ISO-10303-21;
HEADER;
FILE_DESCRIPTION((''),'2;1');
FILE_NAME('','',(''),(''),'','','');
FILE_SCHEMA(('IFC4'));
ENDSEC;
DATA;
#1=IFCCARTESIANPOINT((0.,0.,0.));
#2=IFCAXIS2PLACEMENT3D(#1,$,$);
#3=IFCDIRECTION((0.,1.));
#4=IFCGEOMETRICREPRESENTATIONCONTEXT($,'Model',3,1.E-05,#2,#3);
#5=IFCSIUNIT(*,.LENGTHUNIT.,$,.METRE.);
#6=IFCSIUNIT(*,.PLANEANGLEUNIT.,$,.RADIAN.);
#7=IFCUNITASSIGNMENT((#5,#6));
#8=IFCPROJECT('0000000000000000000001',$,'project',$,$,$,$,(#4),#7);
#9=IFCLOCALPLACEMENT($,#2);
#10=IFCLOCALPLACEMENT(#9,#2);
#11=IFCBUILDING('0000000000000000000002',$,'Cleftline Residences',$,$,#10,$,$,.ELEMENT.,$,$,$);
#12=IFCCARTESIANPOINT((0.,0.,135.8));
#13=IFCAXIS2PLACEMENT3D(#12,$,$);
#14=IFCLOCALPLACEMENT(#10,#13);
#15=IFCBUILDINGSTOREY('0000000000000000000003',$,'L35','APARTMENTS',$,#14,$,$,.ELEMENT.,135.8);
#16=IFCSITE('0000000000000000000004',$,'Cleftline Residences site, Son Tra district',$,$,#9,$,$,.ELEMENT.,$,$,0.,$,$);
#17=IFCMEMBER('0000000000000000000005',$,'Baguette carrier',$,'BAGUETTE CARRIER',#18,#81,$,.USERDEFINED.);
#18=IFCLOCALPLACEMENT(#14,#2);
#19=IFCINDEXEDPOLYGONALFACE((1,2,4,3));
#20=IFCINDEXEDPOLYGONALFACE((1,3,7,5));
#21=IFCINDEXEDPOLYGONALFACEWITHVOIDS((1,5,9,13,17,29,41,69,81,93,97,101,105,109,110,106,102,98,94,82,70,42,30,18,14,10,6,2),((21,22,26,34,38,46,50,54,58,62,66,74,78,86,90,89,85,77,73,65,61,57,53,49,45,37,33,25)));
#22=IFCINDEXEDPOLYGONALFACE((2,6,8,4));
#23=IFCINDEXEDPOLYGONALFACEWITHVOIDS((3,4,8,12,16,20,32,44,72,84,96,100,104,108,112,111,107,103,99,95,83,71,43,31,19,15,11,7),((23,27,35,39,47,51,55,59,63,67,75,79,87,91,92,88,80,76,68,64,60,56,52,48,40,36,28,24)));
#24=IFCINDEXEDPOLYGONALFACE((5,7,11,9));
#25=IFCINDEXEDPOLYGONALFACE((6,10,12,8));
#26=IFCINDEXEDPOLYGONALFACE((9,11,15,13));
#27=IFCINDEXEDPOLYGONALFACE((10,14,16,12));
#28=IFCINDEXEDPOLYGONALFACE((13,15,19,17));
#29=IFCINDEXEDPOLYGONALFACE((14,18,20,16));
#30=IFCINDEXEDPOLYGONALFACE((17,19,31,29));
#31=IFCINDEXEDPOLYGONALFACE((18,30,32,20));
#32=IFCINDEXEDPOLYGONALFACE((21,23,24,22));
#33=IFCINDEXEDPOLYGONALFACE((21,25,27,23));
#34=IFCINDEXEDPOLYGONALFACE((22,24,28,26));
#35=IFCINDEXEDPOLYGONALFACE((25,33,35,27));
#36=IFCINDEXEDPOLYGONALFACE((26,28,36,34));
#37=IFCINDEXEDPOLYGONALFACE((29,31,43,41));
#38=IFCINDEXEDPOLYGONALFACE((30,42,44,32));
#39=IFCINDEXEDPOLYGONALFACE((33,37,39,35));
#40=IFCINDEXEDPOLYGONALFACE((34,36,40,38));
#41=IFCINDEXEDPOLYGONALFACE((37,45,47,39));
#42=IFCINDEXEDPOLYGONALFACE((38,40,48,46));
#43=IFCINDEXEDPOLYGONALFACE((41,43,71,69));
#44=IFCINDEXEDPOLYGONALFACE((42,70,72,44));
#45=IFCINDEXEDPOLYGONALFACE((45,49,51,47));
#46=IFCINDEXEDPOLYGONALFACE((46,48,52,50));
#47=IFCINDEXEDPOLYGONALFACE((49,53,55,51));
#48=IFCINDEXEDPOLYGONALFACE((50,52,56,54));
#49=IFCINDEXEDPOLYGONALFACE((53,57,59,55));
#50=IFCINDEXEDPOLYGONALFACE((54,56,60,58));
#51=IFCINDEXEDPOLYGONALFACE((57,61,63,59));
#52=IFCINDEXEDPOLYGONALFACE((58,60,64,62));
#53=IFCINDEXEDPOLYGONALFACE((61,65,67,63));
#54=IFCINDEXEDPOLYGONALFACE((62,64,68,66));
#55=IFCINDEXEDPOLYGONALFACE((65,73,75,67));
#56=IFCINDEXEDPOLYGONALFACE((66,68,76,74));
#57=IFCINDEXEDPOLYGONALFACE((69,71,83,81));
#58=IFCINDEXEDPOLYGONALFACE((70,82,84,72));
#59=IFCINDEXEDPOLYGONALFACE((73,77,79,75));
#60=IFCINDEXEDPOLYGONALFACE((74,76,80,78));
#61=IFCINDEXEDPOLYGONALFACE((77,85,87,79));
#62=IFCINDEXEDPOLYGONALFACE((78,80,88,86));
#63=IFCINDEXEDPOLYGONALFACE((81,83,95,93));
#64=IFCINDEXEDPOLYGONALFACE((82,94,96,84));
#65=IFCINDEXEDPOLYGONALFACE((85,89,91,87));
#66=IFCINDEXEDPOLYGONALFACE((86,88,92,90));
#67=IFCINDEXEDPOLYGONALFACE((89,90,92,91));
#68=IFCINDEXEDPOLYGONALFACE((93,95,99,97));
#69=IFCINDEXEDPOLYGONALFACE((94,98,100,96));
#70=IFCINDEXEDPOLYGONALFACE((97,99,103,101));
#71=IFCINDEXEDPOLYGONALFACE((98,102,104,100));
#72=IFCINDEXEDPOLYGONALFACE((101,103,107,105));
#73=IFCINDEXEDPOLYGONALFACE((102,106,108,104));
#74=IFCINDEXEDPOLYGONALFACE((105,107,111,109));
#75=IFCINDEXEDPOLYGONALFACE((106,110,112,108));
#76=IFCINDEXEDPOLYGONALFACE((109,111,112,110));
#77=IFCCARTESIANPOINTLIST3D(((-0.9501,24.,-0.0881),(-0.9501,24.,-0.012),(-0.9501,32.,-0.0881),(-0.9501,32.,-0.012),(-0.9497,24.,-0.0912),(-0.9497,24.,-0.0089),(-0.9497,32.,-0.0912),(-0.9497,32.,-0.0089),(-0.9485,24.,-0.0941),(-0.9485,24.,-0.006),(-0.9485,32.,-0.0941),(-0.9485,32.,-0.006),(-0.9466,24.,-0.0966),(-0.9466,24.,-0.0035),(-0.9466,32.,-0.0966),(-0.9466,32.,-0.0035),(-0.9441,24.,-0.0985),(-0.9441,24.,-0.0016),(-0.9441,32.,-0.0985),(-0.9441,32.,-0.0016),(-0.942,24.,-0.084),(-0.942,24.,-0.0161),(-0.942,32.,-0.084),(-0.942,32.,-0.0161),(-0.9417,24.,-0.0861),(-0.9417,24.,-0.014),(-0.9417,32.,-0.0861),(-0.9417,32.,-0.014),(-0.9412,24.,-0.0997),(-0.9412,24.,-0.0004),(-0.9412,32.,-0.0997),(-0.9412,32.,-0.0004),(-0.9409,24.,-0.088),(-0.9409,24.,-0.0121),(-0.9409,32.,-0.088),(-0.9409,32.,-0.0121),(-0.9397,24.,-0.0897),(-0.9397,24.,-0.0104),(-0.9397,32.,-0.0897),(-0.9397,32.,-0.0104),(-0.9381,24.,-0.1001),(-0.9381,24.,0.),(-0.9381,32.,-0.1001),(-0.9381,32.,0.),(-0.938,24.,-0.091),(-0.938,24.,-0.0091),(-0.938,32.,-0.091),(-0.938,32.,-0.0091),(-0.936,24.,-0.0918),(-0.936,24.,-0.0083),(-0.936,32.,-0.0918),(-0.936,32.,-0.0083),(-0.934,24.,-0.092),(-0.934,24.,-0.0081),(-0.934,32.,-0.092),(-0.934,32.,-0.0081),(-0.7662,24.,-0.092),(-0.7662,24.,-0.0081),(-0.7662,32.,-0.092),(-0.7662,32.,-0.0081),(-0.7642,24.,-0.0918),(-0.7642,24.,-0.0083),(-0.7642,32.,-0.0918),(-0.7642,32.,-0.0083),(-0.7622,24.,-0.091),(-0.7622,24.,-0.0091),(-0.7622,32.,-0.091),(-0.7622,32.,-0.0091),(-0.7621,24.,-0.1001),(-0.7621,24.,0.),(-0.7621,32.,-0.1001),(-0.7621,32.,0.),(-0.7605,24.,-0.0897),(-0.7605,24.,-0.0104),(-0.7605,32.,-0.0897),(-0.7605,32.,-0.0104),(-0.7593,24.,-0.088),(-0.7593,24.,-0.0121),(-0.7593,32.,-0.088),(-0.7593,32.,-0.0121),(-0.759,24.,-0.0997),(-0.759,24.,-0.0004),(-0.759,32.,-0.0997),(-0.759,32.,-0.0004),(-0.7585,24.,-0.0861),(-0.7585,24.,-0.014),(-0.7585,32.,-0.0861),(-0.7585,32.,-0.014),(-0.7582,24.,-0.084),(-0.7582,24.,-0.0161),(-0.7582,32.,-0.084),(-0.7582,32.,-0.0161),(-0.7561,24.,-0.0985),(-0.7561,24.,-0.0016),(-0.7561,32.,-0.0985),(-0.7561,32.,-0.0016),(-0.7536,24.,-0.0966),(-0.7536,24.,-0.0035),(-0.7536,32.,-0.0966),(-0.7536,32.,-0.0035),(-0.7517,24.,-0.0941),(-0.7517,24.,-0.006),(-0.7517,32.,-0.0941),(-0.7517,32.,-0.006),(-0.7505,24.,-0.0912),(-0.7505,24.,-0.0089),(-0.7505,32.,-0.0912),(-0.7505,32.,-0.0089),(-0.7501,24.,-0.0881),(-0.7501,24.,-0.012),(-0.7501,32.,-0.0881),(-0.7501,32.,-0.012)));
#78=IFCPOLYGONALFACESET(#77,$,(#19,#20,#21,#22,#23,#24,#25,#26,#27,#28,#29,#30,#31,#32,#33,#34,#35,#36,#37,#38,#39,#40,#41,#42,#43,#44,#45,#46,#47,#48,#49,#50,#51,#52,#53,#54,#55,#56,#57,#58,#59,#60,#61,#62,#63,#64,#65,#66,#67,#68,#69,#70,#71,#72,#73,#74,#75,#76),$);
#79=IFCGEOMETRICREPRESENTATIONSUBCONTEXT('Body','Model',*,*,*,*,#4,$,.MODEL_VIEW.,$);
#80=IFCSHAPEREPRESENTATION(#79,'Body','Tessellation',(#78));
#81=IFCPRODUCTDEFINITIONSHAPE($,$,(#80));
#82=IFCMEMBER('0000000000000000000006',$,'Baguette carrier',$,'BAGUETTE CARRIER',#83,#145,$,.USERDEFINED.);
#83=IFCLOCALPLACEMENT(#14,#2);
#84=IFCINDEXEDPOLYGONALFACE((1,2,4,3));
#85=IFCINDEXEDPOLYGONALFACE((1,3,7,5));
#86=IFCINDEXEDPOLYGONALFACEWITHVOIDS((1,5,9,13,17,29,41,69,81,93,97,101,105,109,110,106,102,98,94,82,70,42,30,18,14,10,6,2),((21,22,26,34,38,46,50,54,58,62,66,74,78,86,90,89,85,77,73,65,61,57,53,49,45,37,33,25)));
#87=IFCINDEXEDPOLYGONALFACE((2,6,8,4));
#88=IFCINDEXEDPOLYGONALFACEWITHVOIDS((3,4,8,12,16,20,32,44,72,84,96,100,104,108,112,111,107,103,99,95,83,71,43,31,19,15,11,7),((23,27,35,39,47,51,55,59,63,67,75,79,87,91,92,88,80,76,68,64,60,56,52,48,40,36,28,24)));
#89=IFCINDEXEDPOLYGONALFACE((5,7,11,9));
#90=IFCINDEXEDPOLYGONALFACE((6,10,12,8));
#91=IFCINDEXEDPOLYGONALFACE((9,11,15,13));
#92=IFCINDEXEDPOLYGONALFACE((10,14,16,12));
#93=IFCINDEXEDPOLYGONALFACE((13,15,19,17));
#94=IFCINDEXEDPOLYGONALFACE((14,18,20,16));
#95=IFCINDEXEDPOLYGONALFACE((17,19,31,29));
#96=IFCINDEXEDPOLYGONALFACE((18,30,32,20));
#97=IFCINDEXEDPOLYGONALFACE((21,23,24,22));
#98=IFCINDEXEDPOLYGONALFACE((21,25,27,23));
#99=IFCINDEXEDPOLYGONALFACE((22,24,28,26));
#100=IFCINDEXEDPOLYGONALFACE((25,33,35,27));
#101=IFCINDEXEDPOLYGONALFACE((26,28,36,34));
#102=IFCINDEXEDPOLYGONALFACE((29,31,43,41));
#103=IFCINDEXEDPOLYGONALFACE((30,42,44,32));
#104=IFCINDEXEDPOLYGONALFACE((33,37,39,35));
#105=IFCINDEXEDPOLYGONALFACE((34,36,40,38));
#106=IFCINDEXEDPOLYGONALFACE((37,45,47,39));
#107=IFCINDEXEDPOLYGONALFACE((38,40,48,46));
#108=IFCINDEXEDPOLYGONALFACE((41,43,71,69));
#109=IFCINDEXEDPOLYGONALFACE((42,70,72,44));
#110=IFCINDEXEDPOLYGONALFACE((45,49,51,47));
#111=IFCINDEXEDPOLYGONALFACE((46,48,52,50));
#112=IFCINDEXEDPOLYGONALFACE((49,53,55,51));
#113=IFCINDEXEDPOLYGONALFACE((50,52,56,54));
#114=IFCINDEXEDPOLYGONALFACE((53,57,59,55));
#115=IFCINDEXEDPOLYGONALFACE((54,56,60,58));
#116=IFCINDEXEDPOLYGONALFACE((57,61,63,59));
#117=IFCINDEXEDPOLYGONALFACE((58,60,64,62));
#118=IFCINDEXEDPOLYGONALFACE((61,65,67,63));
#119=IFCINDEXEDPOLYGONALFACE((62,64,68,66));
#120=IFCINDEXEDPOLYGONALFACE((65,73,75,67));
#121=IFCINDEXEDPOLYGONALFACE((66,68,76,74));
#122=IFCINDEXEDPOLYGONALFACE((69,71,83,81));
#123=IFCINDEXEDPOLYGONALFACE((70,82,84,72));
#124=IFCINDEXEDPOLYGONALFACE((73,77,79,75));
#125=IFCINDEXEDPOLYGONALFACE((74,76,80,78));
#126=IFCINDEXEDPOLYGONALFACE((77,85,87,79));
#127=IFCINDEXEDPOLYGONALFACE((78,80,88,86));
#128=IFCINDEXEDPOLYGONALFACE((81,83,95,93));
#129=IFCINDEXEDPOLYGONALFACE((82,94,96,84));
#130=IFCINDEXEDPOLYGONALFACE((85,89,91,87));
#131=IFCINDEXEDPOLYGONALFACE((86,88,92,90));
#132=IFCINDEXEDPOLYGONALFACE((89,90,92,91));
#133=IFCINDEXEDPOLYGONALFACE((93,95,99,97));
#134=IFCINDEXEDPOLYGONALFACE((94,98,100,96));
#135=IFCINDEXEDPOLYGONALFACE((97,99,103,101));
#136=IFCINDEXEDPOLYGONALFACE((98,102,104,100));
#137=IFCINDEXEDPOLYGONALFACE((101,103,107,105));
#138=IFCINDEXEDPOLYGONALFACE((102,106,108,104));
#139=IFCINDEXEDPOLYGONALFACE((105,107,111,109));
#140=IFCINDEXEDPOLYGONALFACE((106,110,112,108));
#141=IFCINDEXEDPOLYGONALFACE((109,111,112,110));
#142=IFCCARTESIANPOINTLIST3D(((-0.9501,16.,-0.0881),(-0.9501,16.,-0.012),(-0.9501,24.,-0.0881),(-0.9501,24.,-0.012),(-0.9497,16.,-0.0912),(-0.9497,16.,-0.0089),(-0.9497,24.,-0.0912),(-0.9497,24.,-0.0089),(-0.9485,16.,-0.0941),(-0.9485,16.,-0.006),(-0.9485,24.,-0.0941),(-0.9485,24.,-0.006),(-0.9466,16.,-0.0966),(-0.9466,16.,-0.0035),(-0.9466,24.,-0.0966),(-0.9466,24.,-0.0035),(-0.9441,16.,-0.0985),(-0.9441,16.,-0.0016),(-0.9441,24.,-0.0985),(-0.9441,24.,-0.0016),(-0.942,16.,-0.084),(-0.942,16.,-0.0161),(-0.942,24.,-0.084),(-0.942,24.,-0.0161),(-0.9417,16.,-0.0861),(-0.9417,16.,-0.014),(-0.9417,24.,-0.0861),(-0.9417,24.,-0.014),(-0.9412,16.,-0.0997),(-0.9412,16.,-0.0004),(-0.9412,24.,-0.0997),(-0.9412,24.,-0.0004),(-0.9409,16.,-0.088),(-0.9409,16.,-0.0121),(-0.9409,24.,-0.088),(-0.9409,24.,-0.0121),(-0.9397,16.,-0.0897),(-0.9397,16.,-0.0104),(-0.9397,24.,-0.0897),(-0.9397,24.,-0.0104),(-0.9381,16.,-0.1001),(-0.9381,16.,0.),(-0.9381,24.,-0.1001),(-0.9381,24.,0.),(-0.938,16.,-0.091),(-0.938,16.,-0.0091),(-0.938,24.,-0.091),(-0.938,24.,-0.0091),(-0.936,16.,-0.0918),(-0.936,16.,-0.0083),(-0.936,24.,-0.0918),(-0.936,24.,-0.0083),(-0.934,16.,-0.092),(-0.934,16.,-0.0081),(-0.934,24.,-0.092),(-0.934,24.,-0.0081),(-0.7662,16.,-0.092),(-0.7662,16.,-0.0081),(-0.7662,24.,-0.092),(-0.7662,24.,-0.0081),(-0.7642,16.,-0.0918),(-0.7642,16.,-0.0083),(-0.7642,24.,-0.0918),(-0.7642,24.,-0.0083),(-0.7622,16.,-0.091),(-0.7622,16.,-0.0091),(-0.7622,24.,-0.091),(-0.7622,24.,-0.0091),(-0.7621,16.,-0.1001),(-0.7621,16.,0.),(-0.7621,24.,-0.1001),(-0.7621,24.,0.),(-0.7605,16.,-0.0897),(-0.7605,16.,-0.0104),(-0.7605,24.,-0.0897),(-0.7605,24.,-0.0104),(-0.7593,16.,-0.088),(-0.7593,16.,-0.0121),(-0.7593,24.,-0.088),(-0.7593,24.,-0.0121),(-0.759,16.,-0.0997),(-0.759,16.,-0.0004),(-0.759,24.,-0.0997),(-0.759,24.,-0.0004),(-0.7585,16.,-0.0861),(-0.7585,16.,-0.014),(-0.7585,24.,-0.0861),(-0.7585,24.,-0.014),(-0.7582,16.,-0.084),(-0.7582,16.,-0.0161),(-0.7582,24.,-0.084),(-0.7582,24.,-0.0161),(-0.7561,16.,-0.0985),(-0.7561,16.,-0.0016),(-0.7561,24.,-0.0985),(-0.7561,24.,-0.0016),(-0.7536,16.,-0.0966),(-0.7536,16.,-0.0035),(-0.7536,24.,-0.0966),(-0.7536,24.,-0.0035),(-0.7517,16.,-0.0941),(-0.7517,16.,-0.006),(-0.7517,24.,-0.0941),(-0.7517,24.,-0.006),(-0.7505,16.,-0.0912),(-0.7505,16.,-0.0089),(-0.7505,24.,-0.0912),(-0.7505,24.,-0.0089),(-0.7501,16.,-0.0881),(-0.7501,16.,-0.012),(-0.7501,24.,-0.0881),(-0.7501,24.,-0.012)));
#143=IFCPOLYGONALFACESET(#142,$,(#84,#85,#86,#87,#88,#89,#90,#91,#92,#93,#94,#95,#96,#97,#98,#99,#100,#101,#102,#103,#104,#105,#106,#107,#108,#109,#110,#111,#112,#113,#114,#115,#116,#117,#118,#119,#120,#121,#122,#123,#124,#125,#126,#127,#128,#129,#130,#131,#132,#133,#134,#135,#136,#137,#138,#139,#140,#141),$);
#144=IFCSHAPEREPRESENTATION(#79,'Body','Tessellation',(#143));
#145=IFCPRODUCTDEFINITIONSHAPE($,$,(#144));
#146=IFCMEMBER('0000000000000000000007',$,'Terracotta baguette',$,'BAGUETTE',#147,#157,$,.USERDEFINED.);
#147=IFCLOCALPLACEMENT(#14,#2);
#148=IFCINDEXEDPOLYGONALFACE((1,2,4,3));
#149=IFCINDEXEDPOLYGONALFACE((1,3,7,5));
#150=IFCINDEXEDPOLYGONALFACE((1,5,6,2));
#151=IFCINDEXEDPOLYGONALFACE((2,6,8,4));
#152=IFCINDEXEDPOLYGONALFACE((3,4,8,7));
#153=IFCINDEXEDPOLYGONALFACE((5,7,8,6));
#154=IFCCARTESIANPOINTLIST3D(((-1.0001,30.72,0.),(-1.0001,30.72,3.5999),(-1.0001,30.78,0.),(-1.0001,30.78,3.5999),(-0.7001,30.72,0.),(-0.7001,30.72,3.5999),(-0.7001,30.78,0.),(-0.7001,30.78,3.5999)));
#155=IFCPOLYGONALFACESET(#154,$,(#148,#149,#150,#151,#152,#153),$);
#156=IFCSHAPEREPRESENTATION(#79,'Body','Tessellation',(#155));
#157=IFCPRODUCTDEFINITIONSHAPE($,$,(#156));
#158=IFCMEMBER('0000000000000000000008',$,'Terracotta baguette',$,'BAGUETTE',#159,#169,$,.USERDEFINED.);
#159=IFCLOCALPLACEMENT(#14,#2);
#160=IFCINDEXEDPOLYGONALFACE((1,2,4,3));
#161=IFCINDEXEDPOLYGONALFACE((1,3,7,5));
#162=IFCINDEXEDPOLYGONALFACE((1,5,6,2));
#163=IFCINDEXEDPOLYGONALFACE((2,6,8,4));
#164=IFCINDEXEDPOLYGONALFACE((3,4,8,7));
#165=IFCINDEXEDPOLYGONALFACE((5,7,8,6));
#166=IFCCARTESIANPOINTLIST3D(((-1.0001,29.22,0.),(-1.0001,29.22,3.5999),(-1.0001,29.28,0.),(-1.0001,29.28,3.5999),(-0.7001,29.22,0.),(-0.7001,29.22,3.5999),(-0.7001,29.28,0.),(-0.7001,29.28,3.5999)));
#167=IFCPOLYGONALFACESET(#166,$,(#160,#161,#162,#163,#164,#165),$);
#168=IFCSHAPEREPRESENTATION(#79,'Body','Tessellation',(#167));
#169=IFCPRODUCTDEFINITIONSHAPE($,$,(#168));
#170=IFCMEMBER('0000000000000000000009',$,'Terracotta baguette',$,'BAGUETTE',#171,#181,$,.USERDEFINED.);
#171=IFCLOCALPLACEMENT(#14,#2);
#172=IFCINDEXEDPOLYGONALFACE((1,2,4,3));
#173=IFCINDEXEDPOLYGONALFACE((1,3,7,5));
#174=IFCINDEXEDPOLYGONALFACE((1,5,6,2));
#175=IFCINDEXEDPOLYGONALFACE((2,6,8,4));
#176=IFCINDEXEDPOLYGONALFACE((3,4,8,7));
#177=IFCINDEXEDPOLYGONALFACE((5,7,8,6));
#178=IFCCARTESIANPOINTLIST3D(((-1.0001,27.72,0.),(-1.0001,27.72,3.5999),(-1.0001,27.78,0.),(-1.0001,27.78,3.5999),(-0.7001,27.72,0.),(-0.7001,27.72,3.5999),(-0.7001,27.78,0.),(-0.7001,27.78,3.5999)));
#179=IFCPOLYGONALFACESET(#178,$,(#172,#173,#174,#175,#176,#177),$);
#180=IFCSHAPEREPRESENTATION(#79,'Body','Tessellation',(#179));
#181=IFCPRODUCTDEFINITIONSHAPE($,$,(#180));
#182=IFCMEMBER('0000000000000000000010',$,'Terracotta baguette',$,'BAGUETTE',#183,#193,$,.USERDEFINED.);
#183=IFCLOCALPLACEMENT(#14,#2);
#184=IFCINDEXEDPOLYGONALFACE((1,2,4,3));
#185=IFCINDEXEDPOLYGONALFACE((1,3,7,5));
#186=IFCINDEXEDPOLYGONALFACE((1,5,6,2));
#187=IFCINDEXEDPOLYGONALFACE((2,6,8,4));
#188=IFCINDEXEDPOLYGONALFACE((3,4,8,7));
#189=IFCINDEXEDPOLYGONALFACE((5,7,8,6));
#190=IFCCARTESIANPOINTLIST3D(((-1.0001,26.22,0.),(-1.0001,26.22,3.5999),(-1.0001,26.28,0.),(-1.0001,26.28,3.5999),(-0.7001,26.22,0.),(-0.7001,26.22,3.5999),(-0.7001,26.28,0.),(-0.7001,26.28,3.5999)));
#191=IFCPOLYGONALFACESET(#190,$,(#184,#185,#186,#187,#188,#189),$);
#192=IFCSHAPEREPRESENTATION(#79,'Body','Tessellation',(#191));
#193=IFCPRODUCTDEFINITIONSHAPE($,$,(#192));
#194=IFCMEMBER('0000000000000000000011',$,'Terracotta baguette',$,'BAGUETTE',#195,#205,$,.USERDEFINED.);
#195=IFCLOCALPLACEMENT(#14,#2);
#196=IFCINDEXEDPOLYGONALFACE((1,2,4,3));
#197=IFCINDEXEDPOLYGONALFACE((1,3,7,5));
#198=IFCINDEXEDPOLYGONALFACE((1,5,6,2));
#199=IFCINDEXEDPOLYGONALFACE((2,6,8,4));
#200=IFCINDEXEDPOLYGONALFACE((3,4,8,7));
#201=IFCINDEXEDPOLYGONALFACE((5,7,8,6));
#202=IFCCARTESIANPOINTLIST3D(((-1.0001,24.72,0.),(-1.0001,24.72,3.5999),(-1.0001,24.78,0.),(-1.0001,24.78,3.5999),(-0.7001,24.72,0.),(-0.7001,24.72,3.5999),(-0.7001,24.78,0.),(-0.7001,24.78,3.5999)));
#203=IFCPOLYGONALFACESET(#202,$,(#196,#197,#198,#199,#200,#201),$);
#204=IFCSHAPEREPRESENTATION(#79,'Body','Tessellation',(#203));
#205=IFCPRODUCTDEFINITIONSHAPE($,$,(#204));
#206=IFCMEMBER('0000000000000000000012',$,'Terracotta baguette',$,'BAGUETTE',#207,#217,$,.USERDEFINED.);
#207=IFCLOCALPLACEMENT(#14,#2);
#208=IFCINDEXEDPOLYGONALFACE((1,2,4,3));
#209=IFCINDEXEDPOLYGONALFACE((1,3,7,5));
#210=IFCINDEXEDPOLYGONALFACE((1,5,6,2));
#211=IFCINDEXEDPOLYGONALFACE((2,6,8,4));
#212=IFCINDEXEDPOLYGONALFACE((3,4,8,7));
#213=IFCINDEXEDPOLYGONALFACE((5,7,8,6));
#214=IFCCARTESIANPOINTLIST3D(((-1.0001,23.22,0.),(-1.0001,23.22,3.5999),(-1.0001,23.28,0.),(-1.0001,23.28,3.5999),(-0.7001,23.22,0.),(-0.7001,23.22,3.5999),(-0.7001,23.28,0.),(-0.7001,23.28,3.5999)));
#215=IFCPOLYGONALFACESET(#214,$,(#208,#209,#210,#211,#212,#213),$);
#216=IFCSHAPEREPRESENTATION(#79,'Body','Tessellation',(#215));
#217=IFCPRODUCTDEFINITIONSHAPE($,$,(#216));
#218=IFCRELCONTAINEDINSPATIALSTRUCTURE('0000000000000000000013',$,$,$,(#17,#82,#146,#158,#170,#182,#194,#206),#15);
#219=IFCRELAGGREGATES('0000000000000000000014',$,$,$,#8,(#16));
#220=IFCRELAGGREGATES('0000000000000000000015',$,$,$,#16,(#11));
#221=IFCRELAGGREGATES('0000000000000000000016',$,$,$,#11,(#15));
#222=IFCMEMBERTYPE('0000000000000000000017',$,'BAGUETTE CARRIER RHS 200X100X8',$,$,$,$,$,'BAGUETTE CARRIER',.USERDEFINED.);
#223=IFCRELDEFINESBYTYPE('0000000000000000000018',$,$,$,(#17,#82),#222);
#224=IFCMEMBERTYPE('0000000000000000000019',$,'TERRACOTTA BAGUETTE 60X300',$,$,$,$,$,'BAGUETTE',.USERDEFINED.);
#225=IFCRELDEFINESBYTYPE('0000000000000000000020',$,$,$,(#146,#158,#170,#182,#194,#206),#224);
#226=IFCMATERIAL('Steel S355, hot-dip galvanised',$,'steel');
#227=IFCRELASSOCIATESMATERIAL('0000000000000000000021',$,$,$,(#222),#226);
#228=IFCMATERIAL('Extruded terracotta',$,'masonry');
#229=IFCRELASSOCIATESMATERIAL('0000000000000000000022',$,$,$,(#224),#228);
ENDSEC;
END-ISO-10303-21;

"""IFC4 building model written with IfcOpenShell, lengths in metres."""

from ifc_helpers import new_model, si_unit, direction, frame, origin, origin_2d, place, context, subcontext, project, spatial, rectangle, hollow_rectangle, extrude, material, material_profile, profile_set, type_object, element, save


model = new_model("IFC4")

# Units and contexts
model_context = context("Model", 3, precision=1e-05, world=origin(), true_north=direction((0.0, 1.0)))
body_context = subcontext(model_context, "Body", "Model", "MODEL_VIEW")
ifc_project = project(units=[si_unit("LENGTHUNIT", "METRE"), si_unit("PLANEANGLEUNIT", "RADIAN")], contexts=[model_context])

# Site, building, storey
site_placement = place(None, origin())
site = spatial("IfcSite", under=ifc_project, at=site_placement, Name="Cleftline Residences site, Son Tra district", CompositionType="ELEMENT", RefElevation=0.0)
building_placement = place(site_placement, origin())
building = spatial("IfcBuilding", under=site, at=building_placement, Name="Cleftline Residences", CompositionType="ELEMENT")
storey_placement = place(building_placement, frame((0.0, 0.0, 135.8)))
storey = spatial("IfcBuildingStorey", under=building, at=storey_placement, Name="L35", Description="APARTMENTS", CompositionType="ELEMENT", Elevation=135.8)

# Members
ifc_material_1 = material(Name="Steel S355, hot-dip galvanised", Category="steel")
ifc_material_profile_1 = material_profile(ifc_material_1, hollow_rectangle(XDim=0.1001, YDim=0.2, WallThickness=0.0081, InnerFilletRadius=0.0081, OuterFilletRadius=0.012, at=origin_2d()))
ifc_profile_set_1 = profile_set([ifc_material_profile_1], Name="Steel S355, hot-dip galvanised")
member_type_1 = type_object("IfcMemberType", Name="BAGUETTE CARRIER RHS 200X100X8", ElementType="BAGUETTE CARRIER", PredefinedType="USERDEFINED", material=ifc_profile_set_1)
for number, where, z_axis, x_axis, name in (
    (1, (-0.8501, 32.0, -0.05), (0.0, -1.0, 0.0), (0.0, 0.0, 1.0), "Baguette carrier"),
    (2, (-0.8501, 24.0, -0.05), (0.0, -1.0, 0.0), (0.0, 0.0, 1.0), "Baguette carrier"),
):
    element("IfcMember", number, at=place(storey_placement, frame(where, z_axis=z_axis, x_axis=x_axis)), inside=storey, type_object=member_type_1, Name=name, ObjectType="BAGUETTE CARRIER", PredefinedType="USERDEFINED", context=body_context, shape_type="SweptSolid", body=[
        extrude(hollow_rectangle(XDim=0.1001, YDim=0.2, WallThickness=0.0081, InnerFilletRadius=0.0081, OuterFilletRadius=0.012, at=origin_2d()), origin(), (0.0, 0.0, 1.0), 8.0),
    ])
ifc_material_2 = material(Name="Extruded terracotta", Category="masonry")
ifc_material_profile_2 = material_profile(ifc_material_2, rectangle(XDim=0.0601, YDim=0.3, at=origin_2d()))
ifc_profile_set_2 = profile_set([ifc_material_profile_2], Name="Extruded terracotta")
member_type_2 = type_object("IfcMemberType", Name="TERRACOTTA BAGUETTE 60X300", ElementType="BAGUETTE", PredefinedType="USERDEFINED", material=ifc_profile_set_2)
for number, where, z_axis, x_axis, name in (
    (3, (-0.8501, 30.75, 0.0), (0.0, 0.0, 1.0), (0.0, 1.0, 0.0), "Terracotta baguette"),
    (4, (-0.8501, 29.25, 0.0), (0.0, 0.0, 1.0), (0.0, 1.0, 0.0), "Terracotta baguette"),
    (5, (-0.8501, 27.75, 0.0), (0.0, 0.0, 1.0), (0.0, 1.0, 0.0), "Terracotta baguette"),
    (6, (-0.8501, 26.25, 0.0), (0.0, 0.0, 1.0), (0.0, 1.0, 0.0), "Terracotta baguette"),
    (7, (-0.8501, 24.75, 0.0), (0.0, 0.0, 1.0), (0.0, 1.0, 0.0), "Terracotta baguette"),
    (8, (-0.8501, 23.25, 0.0), (0.0, 0.0, 1.0), (0.0, 1.0, 0.0), "Terracotta baguette"),
):
    element("IfcMember", number, at=place(storey_placement, frame(where, z_axis=z_axis, x_axis=x_axis)), inside=storey, type_object=member_type_2, Name=name, ObjectType="BAGUETTE", PredefinedType="USERDEFINED", context=body_context, shape_type="SweptSolid", body=[
        extrude(rectangle(XDim=0.0601, YDim=0.3, at=origin_2d()), origin(), (0.0, 0.0, 1.0), 3.5999),
    ])

save(model, "model.ifc")
